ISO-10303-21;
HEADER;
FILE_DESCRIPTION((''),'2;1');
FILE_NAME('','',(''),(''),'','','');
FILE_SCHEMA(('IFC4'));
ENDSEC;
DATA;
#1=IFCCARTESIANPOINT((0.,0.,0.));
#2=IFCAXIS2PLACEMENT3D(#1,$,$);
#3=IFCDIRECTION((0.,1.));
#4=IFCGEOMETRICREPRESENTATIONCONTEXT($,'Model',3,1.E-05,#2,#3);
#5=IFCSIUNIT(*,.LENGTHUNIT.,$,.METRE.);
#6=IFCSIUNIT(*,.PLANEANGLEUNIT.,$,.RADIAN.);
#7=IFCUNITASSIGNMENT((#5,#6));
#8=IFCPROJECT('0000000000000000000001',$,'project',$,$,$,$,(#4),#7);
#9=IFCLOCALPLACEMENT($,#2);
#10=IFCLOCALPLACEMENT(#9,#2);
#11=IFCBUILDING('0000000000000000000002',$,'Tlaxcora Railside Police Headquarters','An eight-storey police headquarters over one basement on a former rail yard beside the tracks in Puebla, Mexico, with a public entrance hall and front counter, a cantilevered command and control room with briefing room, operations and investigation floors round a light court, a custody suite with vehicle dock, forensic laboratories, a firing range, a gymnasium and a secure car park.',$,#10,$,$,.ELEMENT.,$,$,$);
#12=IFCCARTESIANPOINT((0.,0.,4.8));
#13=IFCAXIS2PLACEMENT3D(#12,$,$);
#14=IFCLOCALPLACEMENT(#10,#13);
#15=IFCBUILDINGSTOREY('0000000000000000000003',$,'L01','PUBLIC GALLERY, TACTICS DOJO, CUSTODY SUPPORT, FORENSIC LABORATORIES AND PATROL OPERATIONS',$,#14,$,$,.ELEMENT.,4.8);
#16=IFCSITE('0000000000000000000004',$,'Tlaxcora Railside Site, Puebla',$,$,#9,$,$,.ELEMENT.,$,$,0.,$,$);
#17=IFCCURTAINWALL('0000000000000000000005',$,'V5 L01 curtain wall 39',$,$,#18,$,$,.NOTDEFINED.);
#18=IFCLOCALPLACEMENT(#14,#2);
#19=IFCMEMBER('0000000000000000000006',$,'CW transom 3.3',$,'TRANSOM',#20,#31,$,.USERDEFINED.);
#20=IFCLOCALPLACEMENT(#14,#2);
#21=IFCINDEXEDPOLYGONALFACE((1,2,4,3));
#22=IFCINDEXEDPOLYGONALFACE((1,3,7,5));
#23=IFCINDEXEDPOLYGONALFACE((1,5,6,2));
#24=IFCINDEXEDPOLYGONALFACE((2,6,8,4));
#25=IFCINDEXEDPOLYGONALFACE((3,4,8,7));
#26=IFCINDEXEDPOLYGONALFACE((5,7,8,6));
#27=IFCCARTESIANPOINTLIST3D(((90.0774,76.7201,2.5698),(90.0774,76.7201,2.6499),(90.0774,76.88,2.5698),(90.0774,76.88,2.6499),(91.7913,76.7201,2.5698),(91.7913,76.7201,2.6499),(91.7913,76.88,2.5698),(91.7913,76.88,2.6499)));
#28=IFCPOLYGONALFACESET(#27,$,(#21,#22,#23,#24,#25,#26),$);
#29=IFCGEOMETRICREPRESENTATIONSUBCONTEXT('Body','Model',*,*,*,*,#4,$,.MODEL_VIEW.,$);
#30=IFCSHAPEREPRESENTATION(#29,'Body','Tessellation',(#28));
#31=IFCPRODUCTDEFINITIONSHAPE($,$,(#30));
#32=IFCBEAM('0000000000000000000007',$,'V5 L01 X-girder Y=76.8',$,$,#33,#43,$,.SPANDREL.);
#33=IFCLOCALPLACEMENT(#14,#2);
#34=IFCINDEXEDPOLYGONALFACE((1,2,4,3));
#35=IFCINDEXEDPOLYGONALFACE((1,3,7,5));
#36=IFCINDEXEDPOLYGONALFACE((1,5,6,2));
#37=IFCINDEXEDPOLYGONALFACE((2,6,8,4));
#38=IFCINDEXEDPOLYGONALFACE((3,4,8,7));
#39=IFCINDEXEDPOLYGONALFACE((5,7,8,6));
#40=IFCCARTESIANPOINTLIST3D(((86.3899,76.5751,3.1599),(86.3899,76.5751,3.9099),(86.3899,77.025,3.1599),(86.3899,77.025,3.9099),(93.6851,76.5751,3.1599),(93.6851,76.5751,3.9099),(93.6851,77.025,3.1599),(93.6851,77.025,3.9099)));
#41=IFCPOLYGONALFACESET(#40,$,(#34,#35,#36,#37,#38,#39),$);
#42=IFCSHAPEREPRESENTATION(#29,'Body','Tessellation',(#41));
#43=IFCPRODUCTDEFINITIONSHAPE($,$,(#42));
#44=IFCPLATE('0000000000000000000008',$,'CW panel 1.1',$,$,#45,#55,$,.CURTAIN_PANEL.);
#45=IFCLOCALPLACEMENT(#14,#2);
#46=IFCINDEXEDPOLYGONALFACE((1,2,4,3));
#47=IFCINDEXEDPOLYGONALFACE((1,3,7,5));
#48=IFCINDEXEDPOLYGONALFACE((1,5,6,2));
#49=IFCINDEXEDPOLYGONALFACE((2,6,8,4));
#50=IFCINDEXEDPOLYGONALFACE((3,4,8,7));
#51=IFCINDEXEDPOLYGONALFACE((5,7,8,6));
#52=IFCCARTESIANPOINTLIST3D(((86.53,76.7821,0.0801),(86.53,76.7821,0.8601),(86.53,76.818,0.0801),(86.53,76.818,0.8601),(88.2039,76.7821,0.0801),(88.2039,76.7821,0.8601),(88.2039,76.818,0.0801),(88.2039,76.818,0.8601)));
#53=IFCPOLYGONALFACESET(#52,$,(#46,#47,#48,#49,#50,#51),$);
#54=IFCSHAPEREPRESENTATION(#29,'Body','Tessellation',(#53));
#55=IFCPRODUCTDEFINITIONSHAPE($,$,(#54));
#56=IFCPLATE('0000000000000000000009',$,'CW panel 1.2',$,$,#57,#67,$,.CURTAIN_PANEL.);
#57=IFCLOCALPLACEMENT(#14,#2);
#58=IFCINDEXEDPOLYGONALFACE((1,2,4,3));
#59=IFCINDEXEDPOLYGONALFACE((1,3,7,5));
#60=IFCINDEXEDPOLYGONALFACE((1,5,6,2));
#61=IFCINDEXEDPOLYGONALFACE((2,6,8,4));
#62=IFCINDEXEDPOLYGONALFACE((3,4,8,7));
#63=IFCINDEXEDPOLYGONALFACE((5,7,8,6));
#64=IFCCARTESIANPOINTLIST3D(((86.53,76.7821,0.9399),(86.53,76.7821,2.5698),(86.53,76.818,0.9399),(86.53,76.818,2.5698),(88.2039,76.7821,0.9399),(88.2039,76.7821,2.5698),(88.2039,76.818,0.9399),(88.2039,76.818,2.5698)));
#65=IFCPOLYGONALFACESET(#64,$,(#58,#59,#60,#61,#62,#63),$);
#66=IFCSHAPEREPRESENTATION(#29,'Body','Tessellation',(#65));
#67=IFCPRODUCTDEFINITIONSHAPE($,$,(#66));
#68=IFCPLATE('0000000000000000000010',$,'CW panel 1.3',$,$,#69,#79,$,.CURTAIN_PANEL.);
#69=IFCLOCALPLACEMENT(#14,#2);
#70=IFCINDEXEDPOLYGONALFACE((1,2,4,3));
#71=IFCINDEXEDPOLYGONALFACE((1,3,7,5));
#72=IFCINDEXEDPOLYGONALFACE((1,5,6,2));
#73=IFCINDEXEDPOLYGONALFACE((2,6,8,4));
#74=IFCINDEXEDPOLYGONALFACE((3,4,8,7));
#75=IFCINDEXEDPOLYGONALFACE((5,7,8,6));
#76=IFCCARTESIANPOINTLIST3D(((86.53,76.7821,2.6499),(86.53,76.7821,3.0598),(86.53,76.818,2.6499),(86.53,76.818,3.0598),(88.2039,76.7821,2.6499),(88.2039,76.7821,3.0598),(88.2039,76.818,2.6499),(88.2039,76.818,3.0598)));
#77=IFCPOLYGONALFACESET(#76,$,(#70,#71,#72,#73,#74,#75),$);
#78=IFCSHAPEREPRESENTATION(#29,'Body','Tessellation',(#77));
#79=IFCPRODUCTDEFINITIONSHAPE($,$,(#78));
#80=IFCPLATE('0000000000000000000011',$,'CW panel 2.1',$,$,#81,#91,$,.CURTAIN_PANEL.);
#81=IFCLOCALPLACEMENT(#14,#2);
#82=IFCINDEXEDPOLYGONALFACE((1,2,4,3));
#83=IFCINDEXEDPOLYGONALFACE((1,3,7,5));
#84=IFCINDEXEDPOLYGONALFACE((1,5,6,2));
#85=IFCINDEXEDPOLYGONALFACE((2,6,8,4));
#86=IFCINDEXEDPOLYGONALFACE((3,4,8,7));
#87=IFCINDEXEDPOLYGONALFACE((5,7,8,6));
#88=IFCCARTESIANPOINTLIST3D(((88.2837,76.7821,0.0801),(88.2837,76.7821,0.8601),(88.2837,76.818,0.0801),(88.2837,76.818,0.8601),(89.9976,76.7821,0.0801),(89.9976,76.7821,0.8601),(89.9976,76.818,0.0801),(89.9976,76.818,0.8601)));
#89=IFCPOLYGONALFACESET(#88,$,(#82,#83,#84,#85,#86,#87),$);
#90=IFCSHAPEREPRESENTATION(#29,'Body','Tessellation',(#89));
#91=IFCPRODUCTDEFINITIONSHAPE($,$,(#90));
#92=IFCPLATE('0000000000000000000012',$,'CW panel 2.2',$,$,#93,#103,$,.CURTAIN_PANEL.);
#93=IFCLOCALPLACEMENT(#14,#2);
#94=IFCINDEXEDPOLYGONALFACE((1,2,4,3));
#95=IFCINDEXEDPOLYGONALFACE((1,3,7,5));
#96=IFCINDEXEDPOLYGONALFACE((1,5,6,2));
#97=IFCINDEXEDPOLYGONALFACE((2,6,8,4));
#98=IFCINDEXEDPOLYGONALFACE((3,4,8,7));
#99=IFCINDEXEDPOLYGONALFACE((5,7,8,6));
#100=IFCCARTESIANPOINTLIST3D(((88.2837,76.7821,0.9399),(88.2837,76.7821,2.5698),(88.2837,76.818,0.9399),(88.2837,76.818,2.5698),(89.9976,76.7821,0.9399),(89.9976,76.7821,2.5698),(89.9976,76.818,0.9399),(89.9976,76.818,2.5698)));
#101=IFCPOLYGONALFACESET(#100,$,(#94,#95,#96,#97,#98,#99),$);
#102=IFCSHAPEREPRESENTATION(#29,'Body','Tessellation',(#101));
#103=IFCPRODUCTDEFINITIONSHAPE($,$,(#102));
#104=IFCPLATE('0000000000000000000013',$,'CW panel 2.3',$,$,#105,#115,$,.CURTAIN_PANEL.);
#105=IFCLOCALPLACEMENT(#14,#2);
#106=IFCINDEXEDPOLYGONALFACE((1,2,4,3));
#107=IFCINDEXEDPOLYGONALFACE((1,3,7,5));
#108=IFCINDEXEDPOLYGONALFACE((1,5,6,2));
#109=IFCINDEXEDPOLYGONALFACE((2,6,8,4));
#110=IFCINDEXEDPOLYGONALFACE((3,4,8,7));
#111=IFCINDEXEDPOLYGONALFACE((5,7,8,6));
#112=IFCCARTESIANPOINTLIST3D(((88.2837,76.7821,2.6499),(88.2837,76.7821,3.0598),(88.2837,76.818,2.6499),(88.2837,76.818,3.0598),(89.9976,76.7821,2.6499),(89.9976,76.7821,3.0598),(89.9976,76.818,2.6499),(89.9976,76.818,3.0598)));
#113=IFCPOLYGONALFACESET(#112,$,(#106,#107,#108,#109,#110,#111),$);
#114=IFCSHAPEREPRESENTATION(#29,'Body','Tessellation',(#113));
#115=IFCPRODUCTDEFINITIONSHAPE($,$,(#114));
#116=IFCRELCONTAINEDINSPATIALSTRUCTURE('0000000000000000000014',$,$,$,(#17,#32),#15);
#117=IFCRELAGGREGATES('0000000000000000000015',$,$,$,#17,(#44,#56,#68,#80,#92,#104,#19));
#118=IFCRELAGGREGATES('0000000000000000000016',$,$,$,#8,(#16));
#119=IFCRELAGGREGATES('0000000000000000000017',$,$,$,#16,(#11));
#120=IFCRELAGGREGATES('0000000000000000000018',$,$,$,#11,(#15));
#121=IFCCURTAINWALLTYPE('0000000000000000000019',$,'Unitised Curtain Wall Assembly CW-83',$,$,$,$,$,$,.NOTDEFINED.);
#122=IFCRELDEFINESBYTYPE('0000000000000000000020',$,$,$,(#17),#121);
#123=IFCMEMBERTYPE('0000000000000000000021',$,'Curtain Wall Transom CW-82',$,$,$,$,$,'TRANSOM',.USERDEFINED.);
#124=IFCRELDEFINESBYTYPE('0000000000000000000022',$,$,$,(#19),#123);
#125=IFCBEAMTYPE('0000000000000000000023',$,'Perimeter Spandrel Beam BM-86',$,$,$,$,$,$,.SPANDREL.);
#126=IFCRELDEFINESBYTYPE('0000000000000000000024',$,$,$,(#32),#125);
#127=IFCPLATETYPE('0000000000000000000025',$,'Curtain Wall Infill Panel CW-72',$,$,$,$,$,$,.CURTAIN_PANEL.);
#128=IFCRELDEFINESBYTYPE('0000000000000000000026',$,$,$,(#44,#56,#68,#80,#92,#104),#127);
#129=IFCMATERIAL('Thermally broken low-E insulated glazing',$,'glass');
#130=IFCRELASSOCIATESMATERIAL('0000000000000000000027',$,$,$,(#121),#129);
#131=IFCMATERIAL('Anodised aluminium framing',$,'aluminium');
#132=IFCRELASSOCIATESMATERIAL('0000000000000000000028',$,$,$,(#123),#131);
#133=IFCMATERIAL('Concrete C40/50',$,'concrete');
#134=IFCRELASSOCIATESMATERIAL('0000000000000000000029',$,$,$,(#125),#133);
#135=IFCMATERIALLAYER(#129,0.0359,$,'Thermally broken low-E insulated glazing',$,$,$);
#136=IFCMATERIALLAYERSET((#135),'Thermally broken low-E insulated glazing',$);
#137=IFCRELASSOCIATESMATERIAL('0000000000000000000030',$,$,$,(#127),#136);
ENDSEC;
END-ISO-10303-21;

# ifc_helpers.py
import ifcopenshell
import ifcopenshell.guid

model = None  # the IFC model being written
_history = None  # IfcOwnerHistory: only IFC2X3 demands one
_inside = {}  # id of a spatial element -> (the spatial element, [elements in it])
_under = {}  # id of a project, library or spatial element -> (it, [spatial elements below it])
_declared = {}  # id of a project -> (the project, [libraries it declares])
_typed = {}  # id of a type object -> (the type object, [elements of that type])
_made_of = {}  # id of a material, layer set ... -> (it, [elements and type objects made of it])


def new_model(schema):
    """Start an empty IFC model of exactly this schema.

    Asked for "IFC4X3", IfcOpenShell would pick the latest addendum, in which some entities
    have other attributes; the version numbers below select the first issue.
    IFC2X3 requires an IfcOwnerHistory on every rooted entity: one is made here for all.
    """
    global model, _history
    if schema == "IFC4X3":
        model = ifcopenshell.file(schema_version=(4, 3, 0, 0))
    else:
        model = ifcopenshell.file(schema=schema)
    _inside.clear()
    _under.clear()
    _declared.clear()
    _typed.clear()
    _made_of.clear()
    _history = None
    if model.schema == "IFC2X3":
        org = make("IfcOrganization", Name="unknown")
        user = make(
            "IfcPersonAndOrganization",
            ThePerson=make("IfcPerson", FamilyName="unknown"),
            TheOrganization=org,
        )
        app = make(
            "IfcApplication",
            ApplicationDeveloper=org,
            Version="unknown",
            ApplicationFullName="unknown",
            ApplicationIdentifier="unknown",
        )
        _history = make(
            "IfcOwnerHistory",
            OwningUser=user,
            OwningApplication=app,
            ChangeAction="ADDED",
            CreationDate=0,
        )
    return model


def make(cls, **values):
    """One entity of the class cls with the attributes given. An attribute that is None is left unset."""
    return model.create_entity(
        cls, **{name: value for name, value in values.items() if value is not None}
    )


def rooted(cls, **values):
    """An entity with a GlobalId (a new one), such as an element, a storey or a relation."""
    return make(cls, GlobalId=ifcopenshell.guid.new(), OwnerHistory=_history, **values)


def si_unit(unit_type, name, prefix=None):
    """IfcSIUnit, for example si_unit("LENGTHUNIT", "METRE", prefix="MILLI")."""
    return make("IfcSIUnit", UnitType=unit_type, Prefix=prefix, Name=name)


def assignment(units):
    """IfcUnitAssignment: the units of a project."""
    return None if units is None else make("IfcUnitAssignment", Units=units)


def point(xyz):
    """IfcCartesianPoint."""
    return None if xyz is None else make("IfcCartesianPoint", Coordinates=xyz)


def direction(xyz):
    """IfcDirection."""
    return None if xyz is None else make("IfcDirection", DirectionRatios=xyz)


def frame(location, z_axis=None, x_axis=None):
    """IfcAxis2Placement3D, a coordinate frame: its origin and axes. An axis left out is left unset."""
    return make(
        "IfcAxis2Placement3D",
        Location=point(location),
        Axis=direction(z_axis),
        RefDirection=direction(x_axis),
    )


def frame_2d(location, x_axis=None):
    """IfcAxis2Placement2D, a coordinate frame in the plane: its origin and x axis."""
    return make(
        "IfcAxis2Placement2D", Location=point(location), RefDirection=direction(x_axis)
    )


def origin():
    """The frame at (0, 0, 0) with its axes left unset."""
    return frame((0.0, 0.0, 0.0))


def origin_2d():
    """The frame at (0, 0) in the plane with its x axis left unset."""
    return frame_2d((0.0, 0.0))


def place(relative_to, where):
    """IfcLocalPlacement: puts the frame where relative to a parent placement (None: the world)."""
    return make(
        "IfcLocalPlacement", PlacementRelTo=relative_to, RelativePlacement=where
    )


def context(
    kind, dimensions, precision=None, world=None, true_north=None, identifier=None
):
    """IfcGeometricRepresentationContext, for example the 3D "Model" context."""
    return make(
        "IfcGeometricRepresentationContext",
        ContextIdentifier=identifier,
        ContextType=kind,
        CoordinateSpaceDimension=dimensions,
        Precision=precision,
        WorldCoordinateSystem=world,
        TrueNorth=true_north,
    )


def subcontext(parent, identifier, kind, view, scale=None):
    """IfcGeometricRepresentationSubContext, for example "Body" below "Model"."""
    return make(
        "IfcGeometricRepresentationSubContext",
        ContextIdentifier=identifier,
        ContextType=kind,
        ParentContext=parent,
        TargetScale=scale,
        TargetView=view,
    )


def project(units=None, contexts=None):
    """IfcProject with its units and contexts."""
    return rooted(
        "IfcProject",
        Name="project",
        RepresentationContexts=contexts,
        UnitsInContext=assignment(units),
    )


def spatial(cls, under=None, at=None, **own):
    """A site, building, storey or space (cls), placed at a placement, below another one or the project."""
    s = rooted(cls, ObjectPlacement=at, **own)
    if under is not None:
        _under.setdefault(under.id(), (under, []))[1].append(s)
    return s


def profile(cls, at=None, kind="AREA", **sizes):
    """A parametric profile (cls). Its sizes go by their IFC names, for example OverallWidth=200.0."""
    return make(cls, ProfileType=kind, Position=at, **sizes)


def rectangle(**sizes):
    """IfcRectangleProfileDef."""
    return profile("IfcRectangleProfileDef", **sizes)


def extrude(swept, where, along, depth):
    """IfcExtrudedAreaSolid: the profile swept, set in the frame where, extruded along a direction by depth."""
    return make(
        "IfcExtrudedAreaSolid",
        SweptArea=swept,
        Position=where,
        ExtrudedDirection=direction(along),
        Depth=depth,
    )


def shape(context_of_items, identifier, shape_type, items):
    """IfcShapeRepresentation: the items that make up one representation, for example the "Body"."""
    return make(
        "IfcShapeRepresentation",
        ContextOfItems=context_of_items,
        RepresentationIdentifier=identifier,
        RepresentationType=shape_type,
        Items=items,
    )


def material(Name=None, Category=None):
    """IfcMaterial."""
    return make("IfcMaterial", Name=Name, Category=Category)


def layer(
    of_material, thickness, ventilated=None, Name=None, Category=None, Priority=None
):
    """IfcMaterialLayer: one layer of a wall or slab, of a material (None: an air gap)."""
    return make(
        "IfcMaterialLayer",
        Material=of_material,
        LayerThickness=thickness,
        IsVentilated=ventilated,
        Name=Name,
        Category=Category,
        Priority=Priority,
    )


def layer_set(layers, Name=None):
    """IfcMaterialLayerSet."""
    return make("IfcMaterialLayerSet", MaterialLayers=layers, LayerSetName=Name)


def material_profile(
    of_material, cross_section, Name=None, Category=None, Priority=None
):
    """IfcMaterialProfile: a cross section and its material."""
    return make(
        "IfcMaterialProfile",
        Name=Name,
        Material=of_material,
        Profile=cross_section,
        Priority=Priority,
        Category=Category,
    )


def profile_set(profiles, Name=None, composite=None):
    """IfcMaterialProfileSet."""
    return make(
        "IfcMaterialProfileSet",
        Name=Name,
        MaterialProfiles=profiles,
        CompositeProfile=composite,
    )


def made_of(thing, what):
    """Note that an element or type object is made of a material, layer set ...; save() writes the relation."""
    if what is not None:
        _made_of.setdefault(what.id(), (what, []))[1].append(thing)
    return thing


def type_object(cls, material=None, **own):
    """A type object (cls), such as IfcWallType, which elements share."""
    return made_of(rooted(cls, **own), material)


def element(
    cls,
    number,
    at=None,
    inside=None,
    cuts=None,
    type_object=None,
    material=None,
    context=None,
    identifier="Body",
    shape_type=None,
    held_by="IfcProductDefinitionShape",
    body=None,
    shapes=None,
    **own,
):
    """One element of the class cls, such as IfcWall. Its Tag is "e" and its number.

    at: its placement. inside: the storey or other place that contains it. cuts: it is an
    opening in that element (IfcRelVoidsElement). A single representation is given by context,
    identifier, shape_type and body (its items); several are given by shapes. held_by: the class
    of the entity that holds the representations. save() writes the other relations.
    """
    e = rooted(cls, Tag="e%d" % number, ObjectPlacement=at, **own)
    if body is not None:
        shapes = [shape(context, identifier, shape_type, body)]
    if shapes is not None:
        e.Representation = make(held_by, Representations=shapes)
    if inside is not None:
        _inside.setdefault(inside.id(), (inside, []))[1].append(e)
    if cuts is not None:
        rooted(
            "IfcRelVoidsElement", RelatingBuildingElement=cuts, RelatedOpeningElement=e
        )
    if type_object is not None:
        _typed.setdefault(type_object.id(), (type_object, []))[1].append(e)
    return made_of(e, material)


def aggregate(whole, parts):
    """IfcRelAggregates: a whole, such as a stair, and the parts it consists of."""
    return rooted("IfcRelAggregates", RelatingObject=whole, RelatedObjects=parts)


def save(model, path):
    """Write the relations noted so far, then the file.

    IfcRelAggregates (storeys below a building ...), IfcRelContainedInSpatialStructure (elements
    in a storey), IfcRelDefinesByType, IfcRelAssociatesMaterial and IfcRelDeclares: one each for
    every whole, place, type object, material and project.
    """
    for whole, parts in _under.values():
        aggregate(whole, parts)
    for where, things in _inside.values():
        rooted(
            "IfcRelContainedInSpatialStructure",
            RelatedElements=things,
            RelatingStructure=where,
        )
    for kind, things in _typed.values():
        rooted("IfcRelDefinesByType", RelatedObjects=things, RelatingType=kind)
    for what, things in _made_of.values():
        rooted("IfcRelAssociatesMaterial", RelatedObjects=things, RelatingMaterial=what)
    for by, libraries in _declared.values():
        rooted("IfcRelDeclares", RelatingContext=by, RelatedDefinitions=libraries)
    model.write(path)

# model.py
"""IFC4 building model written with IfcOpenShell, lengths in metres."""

from ifc_helpers import new_model, si_unit, direction, frame, origin, origin_2d, place, context, subcontext, project, spatial, rectangle, extrude, material, layer, layer_set, material_profile, profile_set, type_object, element, aggregate, save


model = new_model("IFC4")

# Units and contexts
model_context = context("Model", 3, precision=1e-05, world=origin(), true_north=direction((0.0, 1.0)))
body_context = subcontext(model_context, "Body", "Model", "MODEL_VIEW")
ifc_project = project(units=[si_unit("LENGTHUNIT", "METRE"), si_unit("PLANEANGLEUNIT", "RADIAN")], contexts=[model_context])

# Site, building, storey
site_placement = place(None, origin())
site = spatial("IfcSite", under=ifc_project, at=site_placement, Name="Tlaxcora Railside Site, Puebla", CompositionType="ELEMENT", RefElevation=0.0)
building_placement = place(site_placement, origin())
building = spatial("IfcBuilding", under=site, at=building_placement, Name="Tlaxcora Railside Police Headquarters", Description="An eight-storey police headquarters over one basement on a former rail yard beside the tracks in Puebla, Mexico, with a public entrance hall and front counter, a cantilevered command and control room with briefing room, operations and investigation floors round a light court, a custody suite with vehicle dock, forensic laboratories, a firing range, a gymnasium and a secure car park.", CompositionType="ELEMENT")
storey_placement = place(building_placement, frame((0.0, 0.0, 4.8)))
storey = spatial("IfcBuildingStorey", under=building, at=storey_placement, Name="L01", Description="PUBLIC GALLERY, TACTICS DOJO, CUSTODY SUPPORT, FORENSIC LABORATORIES AND PATROL OPERATIONS", CompositionType="ELEMENT", Elevation=4.8)

# Shared definitions
ifc_material_1 = material(Name="Concrete C40/50", Category="concrete")

# Curtain wall, member
ifc_material_2 = material(Name="Thermally broken low-E insulated glazing", Category="glass")
curtain_wall_type = type_object("IfcCurtainWallType", Name="Unitised Curtain Wall Assembly CW-83", PredefinedType="NOTDEFINED", material=ifc_material_2)
curtain_wall_placement = place(storey_placement, origin())
curtain_wall = element("IfcCurtainWall", 1, at=curtain_wall_placement, inside=storey, type_object=curtain_wall_type, Name="V5 L01 curtain wall 39", PredefinedType="NOTDEFINED")
ifc_material_3 = material(Name="Anodised aluminium framing", Category="aluminium")
ifc_material_profile_1 = material_profile(ifc_material_3, rectangle(XDim=0.1599, YDim=0.0801, at=origin_2d()), Name="AL80X160")
ifc_profile_set_1 = profile_set([ifc_material_profile_1], Name="Anodised aluminium framing")
member_type_1 = type_object("IfcMemberType", Name="Curtain Wall Transom CW-82", ElementType="TRANSOM", PredefinedType="USERDEFINED", material=ifc_profile_set_1)
member_1_placement = place(storey_placement, frame((90.0774, 76.8, 2.6099), z_axis=(1.0, 0.0, 0.0), x_axis=(0.0, 1.0, 0.0)))
member_1 = element("IfcMember", 2, at=member_1_placement, type_object=member_type_1, Name="CW transom 3.3", ObjectType="TRANSOM", PredefinedType="USERDEFINED", context=body_context, shape_type="SweptSolid", body=[
    extrude(rectangle(XDim=0.1599, YDim=0.0801, at=origin_2d()), origin(), (0.0, 0.0, 1.0), 1.7139),
])

# Beam
ifc_material_profile_2 = material_profile(ifc_material_1, rectangle(XDim=0.45, YDim=0.75, at=origin_2d()), Name="RC450X750")
ifc_profile_set_2 = profile_set([ifc_material_profile_2], Name="Concrete C40/50")
beam_type = type_object("IfcBeamType", Name="Perimeter Spandrel Beam BM-86", PredefinedType="SPANDREL", material=ifc_profile_set_2)
beam_placement = place(storey_placement, frame((86.3899, 76.8, 3.5349), z_axis=(1.0, 0.0, 0.0), x_axis=(0.0, 1.0, 0.0)))
element("IfcBeam", 3, at=beam_placement, inside=storey, type_object=beam_type, Name="V5 L01 X-girder Y=76.8", PredefinedType="SPANDREL", context=body_context, shape_type="SweptSolid", body=[
    extrude(rectangle(XDim=0.45, YDim=0.75, at=origin_2d()), origin(), (0.0, 0.0, 1.0), 7.2952),
])

# Plates
ifc_layer = layer(ifc_material_2, 0.0359, Name="Thermally broken low-E insulated glazing")
ifc_layer_set = layer_set([ifc_layer], Name="Thermally broken low-E insulated glazing")
plate_type = type_object("IfcPlateType", Name="Curtain Wall Infill Panel CW-72", PredefinedType="CURTAIN_PANEL", material=ifc_layer_set)
plate_1_placement = place(storey_placement, frame((87.3669, 76.8, 0.0801), z_axis=(0.0, 0.0, 1.0), x_axis=(1.0, 0.0, 0.0)))
plate_1 = element("IfcPlate", 4, at=plate_1_placement, type_object=plate_type, Name="CW panel 1.1", PredefinedType="CURTAIN_PANEL", context=body_context, shape_type="SweptSolid", body=[
    extrude(rectangle(XDim=1.6738, YDim=0.0359, at=origin_2d()), origin(), (0.0, 0.0, 1.0), 0.78),
])
plate_2_placement = place(storey_placement, frame((87.3669, 76.8, 0.9399), z_axis=(0.0, 0.0, 1.0), x_axis=(1.0, 0.0, 0.0)))
plate_2 = element("IfcPlate", 5, at=plate_2_placement, type_object=plate_type, Name="CW panel 1.2", PredefinedType="CURTAIN_PANEL", context=body_context, shape_type="SweptSolid", body=[
    extrude(rectangle(XDim=1.6738, YDim=0.0359, at=origin_2d()), origin(), (0.0, 0.0, 1.0), 1.6299),
])
plate_3_placement = place(storey_placement, frame((87.3669, 76.8, 2.6499), z_axis=(0.0, 0.0, 1.0), x_axis=(1.0, 0.0, 0.0)))
plate_3 = element("IfcPlate", 6, at=plate_3_placement, type_object=plate_type, Name="CW panel 1.3", PredefinedType="CURTAIN_PANEL", context=body_context, shape_type="SweptSolid", body=[
    extrude(rectangle(XDim=1.6738, YDim=0.0359, at=origin_2d()), origin(), (0.0, 0.0, 1.0), 0.4099),
])
plate_4_placement = place(storey_placement, frame((89.1406, 76.8, 0.0801), z_axis=(0.0, 0.0, 1.0), x_axis=(1.0, 0.0, 0.0)))
plate_4 = element("IfcPlate", 7, at=plate_4_placement, type_object=plate_type, Name="CW panel 2.1", PredefinedType="CURTAIN_PANEL", context=body_context, shape_type="SweptSolid", body=[
    extrude(rectangle(XDim=1.7139, YDim=0.0359, at=origin_2d()), origin(), (0.0, 0.0, 1.0), 0.78),
])
plate_5_placement = place(storey_placement, frame((89.1406, 76.8, 0.9399), z_axis=(0.0, 0.0, 1.0), x_axis=(1.0, 0.0, 0.0)))
plate_5 = element("IfcPlate", 8, at=plate_5_placement, type_object=plate_type, Name="CW panel 2.2", PredefinedType="CURTAIN_PANEL", context=body_context, shape_type="SweptSolid", body=[
    extrude(rectangle(XDim=1.7139, YDim=0.0359, at=origin_2d()), origin(), (0.0, 0.0, 1.0), 1.6299),
])
plate_6_placement = place(storey_placement, frame((89.1406, 76.8, 2.6499), z_axis=(0.0, 0.0, 1.0), x_axis=(1.0, 0.0, 0.0)))
plate_6 = element("IfcPlate", 9, at=plate_6_placement, type_object=plate_type, Name="CW panel 2.3", PredefinedType="CURTAIN_PANEL", context=body_context, shape_type="SweptSolid", body=[
    extrude(rectangle(XDim=1.7139, YDim=0.0359, at=origin_2d()), origin(), (0.0, 0.0, 1.0), 0.4099),
])
aggregate(curtain_wall, [plate_1, plate_2, plate_3, plate_4, plate_5, plate_6, member_1])

save(model, "model.ifc")
